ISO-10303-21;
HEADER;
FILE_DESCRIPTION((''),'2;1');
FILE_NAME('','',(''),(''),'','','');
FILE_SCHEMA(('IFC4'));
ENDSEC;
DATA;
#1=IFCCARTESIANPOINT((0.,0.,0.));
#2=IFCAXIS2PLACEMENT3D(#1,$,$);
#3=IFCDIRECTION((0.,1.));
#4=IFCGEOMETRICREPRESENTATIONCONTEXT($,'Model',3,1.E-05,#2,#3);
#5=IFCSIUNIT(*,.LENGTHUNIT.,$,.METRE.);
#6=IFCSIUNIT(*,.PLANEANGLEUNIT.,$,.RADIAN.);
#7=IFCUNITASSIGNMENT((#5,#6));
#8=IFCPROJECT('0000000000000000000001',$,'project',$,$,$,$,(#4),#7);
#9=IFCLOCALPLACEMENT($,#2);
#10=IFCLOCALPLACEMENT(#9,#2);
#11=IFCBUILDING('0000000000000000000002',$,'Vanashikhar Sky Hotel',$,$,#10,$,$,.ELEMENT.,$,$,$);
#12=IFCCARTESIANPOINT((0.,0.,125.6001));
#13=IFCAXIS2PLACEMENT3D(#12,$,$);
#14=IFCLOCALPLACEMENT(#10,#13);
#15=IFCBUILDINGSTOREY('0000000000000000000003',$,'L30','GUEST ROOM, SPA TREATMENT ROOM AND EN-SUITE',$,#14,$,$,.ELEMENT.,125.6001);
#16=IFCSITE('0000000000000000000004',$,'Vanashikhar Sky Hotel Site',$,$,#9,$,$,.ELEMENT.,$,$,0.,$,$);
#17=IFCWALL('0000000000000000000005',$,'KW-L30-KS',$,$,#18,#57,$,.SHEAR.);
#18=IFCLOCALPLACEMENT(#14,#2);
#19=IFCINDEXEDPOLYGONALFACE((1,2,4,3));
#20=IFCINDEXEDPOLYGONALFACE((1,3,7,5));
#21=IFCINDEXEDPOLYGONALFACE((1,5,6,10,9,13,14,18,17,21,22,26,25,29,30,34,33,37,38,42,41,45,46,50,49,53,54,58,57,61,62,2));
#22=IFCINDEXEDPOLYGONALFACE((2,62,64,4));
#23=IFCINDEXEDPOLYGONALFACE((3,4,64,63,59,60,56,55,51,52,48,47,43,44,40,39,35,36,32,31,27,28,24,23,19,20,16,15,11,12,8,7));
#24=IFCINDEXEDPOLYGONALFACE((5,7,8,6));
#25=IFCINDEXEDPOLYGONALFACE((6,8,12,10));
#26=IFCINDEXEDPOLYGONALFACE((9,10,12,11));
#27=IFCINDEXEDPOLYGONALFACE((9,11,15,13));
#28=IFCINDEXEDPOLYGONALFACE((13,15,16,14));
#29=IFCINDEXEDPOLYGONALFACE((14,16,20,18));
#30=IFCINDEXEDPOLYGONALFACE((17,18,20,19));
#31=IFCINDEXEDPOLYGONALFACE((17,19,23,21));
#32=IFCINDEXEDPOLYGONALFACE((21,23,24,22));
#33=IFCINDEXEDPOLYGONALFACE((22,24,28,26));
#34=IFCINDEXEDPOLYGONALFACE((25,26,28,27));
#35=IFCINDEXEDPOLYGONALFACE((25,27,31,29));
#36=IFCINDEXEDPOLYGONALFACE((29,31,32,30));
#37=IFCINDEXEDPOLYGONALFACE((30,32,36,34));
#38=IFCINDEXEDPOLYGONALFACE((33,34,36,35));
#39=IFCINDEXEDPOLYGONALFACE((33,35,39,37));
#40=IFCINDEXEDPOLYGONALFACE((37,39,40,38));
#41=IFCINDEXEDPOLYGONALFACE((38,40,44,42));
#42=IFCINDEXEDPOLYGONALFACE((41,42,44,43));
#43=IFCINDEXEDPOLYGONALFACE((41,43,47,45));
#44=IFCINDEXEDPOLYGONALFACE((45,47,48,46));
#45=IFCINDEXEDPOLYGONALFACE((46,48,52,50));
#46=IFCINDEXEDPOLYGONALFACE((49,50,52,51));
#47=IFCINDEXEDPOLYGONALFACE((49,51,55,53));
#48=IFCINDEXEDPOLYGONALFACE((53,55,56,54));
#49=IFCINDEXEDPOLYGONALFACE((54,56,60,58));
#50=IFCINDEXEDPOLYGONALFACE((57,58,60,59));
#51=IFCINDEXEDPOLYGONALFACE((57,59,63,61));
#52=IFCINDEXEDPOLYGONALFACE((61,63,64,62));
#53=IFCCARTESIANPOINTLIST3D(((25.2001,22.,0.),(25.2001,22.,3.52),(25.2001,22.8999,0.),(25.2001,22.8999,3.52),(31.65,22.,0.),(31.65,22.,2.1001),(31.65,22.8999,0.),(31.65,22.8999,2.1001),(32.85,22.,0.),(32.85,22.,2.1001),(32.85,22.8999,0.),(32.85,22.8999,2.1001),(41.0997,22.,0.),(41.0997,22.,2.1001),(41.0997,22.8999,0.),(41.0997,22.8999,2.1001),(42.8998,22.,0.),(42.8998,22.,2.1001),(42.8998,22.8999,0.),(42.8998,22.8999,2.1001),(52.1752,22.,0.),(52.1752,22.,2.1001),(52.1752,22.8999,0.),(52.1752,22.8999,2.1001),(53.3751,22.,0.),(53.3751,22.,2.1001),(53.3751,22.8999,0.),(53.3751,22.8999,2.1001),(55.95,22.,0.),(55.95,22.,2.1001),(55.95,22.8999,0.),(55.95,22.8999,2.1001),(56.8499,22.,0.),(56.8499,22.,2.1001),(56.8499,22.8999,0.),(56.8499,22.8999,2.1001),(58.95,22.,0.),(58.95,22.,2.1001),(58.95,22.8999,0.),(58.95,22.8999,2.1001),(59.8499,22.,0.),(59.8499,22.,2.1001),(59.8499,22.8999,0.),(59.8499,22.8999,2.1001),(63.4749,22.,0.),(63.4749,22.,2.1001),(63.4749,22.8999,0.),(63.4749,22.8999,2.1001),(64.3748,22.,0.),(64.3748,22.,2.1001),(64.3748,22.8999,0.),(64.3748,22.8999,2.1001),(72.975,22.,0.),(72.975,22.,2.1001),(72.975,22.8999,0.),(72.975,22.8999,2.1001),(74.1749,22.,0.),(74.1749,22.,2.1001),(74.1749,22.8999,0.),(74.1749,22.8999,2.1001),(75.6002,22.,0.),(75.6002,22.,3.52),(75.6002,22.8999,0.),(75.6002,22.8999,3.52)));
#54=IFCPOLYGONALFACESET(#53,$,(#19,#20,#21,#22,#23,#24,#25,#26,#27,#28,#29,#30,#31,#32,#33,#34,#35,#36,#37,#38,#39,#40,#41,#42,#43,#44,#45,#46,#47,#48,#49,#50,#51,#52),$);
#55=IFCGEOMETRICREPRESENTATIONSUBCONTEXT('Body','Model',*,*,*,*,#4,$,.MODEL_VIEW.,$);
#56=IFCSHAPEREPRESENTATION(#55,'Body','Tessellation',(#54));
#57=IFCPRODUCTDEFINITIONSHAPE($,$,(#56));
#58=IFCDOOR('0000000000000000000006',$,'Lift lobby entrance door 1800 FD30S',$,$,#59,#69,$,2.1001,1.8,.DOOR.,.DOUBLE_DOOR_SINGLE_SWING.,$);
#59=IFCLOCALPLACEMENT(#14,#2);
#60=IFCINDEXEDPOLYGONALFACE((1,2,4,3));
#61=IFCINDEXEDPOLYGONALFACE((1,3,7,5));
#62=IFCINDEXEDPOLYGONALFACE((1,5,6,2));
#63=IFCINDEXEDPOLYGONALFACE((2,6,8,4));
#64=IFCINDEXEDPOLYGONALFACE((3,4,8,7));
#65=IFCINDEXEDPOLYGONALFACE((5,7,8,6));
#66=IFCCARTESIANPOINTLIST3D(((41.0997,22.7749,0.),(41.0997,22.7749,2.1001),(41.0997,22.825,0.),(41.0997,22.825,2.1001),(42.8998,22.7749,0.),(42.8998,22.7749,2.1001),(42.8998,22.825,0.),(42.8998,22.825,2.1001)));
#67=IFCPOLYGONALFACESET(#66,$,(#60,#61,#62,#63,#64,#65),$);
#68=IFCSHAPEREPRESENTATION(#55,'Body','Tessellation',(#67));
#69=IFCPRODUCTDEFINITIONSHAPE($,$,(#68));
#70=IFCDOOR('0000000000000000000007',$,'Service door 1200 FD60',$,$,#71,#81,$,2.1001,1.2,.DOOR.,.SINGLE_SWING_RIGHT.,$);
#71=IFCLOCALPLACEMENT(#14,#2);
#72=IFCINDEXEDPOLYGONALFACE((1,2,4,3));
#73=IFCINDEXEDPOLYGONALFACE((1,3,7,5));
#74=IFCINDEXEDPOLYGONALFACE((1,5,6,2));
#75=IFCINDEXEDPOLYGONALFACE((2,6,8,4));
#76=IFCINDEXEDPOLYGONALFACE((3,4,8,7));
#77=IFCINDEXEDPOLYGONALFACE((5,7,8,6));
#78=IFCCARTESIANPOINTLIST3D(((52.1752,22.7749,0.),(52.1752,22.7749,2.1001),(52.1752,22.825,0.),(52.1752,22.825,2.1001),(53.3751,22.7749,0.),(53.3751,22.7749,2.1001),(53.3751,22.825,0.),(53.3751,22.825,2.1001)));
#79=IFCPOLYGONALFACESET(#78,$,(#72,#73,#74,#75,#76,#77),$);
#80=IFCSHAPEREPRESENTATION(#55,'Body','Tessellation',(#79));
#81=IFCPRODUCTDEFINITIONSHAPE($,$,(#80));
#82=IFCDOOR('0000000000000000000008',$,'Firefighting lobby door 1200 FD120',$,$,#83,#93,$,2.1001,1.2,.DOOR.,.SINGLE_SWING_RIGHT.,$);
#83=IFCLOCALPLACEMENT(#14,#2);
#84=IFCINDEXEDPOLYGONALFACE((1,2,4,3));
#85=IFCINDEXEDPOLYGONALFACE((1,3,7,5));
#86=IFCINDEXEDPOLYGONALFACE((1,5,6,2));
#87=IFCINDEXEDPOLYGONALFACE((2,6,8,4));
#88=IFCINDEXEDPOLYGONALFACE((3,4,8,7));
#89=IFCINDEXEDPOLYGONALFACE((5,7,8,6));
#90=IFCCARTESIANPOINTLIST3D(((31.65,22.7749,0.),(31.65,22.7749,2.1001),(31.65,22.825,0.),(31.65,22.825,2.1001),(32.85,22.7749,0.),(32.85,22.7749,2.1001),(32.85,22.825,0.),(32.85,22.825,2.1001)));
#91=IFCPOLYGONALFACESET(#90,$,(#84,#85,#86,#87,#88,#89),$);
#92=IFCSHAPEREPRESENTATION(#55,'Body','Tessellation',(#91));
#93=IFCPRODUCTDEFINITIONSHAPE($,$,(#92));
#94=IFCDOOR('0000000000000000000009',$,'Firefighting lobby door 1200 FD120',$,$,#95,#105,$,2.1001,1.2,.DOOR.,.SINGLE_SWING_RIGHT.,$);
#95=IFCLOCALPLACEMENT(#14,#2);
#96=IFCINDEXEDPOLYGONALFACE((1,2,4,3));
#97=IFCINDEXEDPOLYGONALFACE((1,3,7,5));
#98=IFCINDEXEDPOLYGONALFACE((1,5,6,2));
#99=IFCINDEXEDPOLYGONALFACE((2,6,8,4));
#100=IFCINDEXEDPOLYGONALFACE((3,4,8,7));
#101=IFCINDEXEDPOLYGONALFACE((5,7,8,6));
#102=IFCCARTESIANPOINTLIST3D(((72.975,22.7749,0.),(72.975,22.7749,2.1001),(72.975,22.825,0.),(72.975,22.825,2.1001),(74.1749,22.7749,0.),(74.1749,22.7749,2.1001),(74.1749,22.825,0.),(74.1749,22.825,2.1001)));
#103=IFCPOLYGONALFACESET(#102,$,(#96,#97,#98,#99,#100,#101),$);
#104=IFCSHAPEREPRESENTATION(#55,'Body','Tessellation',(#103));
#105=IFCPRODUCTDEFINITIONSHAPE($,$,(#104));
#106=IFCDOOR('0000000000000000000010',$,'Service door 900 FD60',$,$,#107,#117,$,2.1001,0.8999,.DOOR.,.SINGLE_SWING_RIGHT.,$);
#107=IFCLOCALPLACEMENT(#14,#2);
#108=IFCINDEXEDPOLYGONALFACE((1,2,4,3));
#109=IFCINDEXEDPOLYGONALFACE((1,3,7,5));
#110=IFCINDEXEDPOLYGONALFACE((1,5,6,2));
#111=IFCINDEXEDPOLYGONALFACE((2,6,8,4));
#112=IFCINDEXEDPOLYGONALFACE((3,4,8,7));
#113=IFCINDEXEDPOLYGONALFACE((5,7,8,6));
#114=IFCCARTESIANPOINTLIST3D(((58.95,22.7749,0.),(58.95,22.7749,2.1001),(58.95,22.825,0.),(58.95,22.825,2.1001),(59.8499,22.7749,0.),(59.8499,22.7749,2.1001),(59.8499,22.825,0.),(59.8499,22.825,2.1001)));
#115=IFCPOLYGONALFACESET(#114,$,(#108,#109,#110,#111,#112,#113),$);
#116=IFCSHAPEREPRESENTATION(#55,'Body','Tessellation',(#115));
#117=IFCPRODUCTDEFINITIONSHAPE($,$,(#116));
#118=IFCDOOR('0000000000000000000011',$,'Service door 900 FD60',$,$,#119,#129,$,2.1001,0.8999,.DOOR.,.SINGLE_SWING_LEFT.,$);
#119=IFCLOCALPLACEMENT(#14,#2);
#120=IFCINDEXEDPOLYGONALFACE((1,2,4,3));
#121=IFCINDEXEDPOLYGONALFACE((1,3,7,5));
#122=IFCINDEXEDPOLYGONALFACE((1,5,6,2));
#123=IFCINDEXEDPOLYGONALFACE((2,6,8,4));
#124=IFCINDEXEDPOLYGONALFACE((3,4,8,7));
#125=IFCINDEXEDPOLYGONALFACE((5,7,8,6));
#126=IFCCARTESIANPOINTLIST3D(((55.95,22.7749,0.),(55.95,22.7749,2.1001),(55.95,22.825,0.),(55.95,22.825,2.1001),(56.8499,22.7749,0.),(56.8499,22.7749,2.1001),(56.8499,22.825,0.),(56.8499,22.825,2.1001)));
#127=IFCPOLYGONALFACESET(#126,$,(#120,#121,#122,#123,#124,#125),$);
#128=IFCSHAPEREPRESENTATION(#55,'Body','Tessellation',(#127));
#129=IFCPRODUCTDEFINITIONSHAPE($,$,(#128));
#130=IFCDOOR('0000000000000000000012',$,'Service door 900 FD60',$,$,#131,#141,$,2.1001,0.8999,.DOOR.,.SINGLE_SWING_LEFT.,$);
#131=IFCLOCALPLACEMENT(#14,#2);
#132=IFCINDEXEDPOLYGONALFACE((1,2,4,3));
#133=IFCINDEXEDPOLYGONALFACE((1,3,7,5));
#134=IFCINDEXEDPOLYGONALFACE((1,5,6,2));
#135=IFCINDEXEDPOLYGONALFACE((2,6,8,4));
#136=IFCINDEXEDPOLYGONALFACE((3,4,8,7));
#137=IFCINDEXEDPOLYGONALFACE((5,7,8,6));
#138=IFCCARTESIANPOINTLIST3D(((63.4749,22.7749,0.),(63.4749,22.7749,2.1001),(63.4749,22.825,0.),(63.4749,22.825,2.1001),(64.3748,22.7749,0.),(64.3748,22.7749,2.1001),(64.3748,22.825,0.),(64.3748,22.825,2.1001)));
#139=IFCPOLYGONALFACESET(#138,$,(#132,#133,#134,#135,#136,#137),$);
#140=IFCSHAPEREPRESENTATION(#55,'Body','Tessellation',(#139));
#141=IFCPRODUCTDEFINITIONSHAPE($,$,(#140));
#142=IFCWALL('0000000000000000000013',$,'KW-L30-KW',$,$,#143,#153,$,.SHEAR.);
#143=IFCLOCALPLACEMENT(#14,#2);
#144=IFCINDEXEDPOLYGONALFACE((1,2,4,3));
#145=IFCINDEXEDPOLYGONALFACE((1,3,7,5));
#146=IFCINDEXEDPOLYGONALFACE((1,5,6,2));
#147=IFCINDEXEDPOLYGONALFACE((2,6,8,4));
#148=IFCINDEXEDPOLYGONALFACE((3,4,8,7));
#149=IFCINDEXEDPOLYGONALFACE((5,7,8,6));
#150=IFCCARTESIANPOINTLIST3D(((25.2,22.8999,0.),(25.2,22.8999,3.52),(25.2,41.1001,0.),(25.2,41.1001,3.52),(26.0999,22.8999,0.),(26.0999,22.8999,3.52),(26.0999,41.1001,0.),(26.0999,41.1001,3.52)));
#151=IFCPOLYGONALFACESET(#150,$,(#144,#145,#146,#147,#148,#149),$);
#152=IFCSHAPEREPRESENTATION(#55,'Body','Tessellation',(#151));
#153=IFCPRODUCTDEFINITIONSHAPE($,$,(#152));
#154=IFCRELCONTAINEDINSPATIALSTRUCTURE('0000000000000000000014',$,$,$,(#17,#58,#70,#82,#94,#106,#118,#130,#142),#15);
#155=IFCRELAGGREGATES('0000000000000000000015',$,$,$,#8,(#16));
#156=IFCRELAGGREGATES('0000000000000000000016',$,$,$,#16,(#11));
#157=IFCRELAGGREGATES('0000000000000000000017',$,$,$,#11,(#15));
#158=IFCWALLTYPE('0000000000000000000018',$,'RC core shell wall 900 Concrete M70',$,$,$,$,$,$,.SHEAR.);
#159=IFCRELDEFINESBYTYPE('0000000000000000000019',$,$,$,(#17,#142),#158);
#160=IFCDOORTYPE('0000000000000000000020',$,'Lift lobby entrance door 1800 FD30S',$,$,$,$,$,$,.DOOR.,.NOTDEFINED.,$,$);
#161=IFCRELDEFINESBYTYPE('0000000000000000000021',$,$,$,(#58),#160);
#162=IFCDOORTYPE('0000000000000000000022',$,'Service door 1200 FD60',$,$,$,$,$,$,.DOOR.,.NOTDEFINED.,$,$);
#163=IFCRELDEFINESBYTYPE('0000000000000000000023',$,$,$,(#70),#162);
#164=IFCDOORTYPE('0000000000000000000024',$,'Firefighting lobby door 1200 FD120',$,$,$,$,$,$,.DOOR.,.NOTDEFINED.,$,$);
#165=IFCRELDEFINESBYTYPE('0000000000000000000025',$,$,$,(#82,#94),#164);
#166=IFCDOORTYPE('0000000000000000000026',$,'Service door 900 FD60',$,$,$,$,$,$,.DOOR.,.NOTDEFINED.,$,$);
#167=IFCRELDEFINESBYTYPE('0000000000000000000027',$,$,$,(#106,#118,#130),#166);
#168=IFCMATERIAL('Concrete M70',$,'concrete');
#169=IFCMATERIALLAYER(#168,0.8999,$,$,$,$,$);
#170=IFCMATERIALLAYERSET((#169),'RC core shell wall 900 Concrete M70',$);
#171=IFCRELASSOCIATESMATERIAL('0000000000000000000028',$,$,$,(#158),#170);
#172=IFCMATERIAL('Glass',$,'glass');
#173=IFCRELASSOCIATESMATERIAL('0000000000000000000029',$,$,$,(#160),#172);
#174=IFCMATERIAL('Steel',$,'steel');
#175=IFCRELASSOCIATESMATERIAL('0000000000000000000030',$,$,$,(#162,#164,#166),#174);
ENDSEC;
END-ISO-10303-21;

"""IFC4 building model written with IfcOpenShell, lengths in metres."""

from ifc_helpers import new_model, si_unit, direction, frame, frame_2d, origin, place, context, subcontext, project, spatial, rectangle, extrude, source, transform, mapped, material, layer, layer_set, type_object, element, fill, save


model = new_model("IFC4")

# Units and contexts
model_context = context("Model", 3, precision=1e-05, world=origin(), true_north=direction((0.0, 1.0)))
body_context = subcontext(model_context, "Body", "Model", "MODEL_VIEW")
ifc_project = project(units=[si_unit("LENGTHUNIT", "METRE"), si_unit("PLANEANGLEUNIT", "RADIAN")], contexts=[model_context])

# Site, building, storey
site_placement = place(None, origin())
site = spatial("IfcSite", under=ifc_project, at=site_placement, Name="Vanashikhar Sky Hotel Site", CompositionType="ELEMENT", RefElevation=0.0)
building_placement = place(site_placement, origin())
building = spatial("IfcBuilding", under=site, at=building_placement, Name="Vanashikhar Sky Hotel", CompositionType="ELEMENT")
storey_placement = place(building_placement, frame((0.0, 0.0, 125.6001)))
storey = spatial("IfcBuildingStorey", under=building, at=storey_placement, Name="L30", Description="GUEST ROOM, SPA TREATMENT ROOM AND EN-SUITE", CompositionType="ELEMENT", Elevation=125.6001)

# Wall, openings, doors
ifc_material_1 = material(Name="Concrete M70", Category="concrete")
ifc_layer_1 = layer(ifc_material_1, 0.8999)
ifc_layer_set_1 = layer_set([ifc_layer_1], Name="RC core shell wall 900 Concrete M70")
wall_type_1 = type_object("IfcWallType", Name="RC core shell wall 900 Concrete M70", PredefinedType="SHEAR", material=ifc_layer_set_1)
shared_shape_1 = source(origin(), body_context, "Body", "SweptSolid", [
    extrude(rectangle(XDim=50.4001, YDim=0.8999, at=frame_2d((25.2002, 0.0))), origin(), (0.0, 0.0, 1.0), 3.52),
])
wall_1_placement = place(storey_placement, frame((25.2, 22.45, 0.0), z_axis=(0.0, 0.0, 1.0), x_axis=(1.0, 0.0, 0.0)))
wall_1 = element("IfcWall", 1, at=wall_1_placement, inside=storey, type_object=wall_type_1, Name="KW-L30-KS", PredefinedType="SHEAR", context=body_context, shape_type="MappedRepresentation", body=[
    mapped(shared_shape_1, transform((0.0, 0.0, 0.0), scale=1.0)),
])
shared_shape_2 = source(origin(), body_context, "Body", "SweptSolid", [
    extrude(rectangle(XDim=1.8, YDim=2.1001, at=frame_2d((0.8999, 1.05))), frame((0.0, 0.46, 0.0), z_axis=(0.0, -1.0, 0.0), x_axis=(1.0, 0.0, 0.0)), (0.0, 0.0, 1.0), 0.9199),
])
opening_1_placement = place(wall_1_placement, frame((15.8999, 0.0, 0.0)))
opening_1 = element("IfcOpeningElement", 2, at=opening_1_placement, cuts=wall_1, PredefinedType="OPENING", context=body_context, shape_type="MappedRepresentation", body=[
    mapped(shared_shape_2, transform((0.0, 0.0, 0.0), scale=1.0)),
])
shared_shape_3 = source(origin(), body_context, "Body", "SweptSolid", [
    extrude(rectangle(XDim=1.2, YDim=2.1001, at=frame_2d((0.6001, 1.05))), frame((0.0, 0.46, 0.0), z_axis=(0.0, -1.0, 0.0), x_axis=(1.0, 0.0, 0.0)), (0.0, 0.0, 1.0), 0.9199),
])
opening_2_placement = place(wall_1_placement, frame((26.9751, 0.0, 0.0)))
opening_2 = element("IfcOpeningElement", 3, at=opening_2_placement, cuts=wall_1, PredefinedType="OPENING", context=body_context, shape_type="MappedRepresentation", body=[
    mapped(shared_shape_3, transform((0.0, 0.0, 0.0), scale=1.0)),
])
shared_shape_4 = source(origin(), body_context, "Body", "SweptSolid", [
    extrude(rectangle(XDim=0.8999, YDim=2.1001, at=frame_2d((0.45, 1.05))), frame((0.0, 0.46, 0.0), z_axis=(0.0, -1.0, 0.0), x_axis=(1.0, 0.0, 0.0)), (0.0, 0.0, 1.0), 0.9199),
])
opening_3_placement = place(wall_1_placement, frame((33.75, 0.0, 0.0)))
opening_3 = element("IfcOpeningElement", 4, at=opening_3_placement, cuts=wall_1, PredefinedType="OPENING", context=body_context, shape_type="MappedRepresentation", body=[
    mapped(shared_shape_4, transform((0.0, 0.0, 0.0), scale=1.0)),
])
opening_4_placement = place(wall_1_placement, frame((30.75, 0.0, 0.0)))
opening_4 = element("IfcOpeningElement", 5, at=opening_4_placement, cuts=wall_1, PredefinedType="OPENING", context=body_context, shape_type="MappedRepresentation", body=[
    mapped(shared_shape_4, transform((0.0, 0.0, 0.0), scale=1.0)),
])
opening_5_placement = place(wall_1_placement, frame((38.2749, 0.0, 0.0)))
opening_5 = element("IfcOpeningElement", 6, at=opening_5_placement, cuts=wall_1, PredefinedType="OPENING", context=body_context, shape_type="MappedRepresentation", body=[
    mapped(shared_shape_4, transform((0.0, 0.0, 0.0), scale=1.0)),
])
opening_6_placement = place(wall_1_placement, frame((6.45, 0.0, 0.0)))
opening_6 = element("IfcOpeningElement", 7, at=opening_6_placement, cuts=wall_1, PredefinedType="OPENING", context=body_context, shape_type="MappedRepresentation", body=[
    mapped(shared_shape_3, transform((0.0, 0.0, 0.0), scale=1.0)),
])
opening_7_placement = place(wall_1_placement, frame((47.7749, 0.0, 0.0)))
opening_7 = element("IfcOpeningElement", 8, at=opening_7_placement, cuts=wall_1, PredefinedType="OPENING", context=body_context, shape_type="MappedRepresentation", body=[
    mapped(shared_shape_3, transform((0.0, 0.0, 0.0), scale=1.0)),
])
ifc_material_2 = material(Name="Glass", Category="glass")
door_type_1 = type_object("IfcDoorType", Name="Lift lobby entrance door 1800 FD30S", OperationType="NOTDEFINED", PredefinedType="DOOR", material=ifc_material_2)
shared_shape_5 = source(origin(), body_context, "Body", "SweptSolid", [
    extrude(rectangle(XDim=1.8, YDim=2.1001, at=frame_2d((0.8999, 1.05))), frame((0.0, 0.375, 0.0), z_axis=(0.0, -1.0, 0.0), x_axis=(1.0, 0.0, 0.0)), (0.0, 0.0, 1.0), 0.05),
])
door_1_placement = place(opening_1_placement, origin())
door_1 = element("IfcDoor", 9, at=door_1_placement, inside=storey, type_object=door_type_1, Name="Lift lobby entrance door 1800 FD30S", OperationType="DOUBLE_DOOR_SINGLE_SWING", OverallHeight=2.1001, OverallWidth=1.8, PredefinedType="DOOR", context=body_context, shape_type="MappedRepresentation", body=[
    mapped(shared_shape_5, transform((0.0, 0.0, 0.0), scale=1.0)),
])
fill(opening_1, door_1)
ifc_material_3 = material(Name="Steel", Category="steel")
door_type_2 = type_object("IfcDoorType", Name="Service door 1200 FD60", OperationType="NOTDEFINED", PredefinedType="DOOR", material=ifc_material_3)
shared_shape_6 = source(origin(), body_context, "Body", "SweptSolid", [
    extrude(rectangle(XDim=1.2, YDim=2.1001, at=frame_2d((0.6001, 1.05))), frame((0.0, 0.375, 0.0), z_axis=(0.0, -1.0, 0.0), x_axis=(1.0, 0.0, 0.0)), (0.0, 0.0, 1.0), 0.05),
])
door_2_placement = place(opening_2_placement, origin())
door_2 = element("IfcDoor", 10, at=door_2_placement, inside=storey, type_object=door_type_2, Name="Service door 1200 FD60", OperationType="SINGLE_SWING_RIGHT", OverallHeight=2.1001, OverallWidth=1.2, PredefinedType="DOOR", context=body_context, shape_type="MappedRepresentation", body=[
    mapped(shared_shape_6, transform((0.0, 0.0, 0.0), scale=1.0)),
])
fill(opening_2, door_2)
door_type_3 = type_object("IfcDoorType", Name="Firefighting lobby door 1200 FD120", OperationType="NOTDEFINED", PredefinedType="DOOR", material=ifc_material_3)
door_3_placement = place(opening_6_placement, origin())
door_3 = element("IfcDoor", 11, at=door_3_placement, inside=storey, type_object=door_type_3, Name="Firefighting lobby door 1200 FD120", OperationType="SINGLE_SWING_RIGHT", OverallHeight=2.1001, OverallWidth=1.2, PredefinedType="DOOR", context=body_context, shape_type="MappedRepresentation", body=[
    mapped(shared_shape_6, transform((0.0, 0.0, 0.0), scale=1.0)),
])
fill(opening_6, door_3)
door_4_placement = place(opening_7_placement, origin())
door_4 = element("IfcDoor", 12, at=door_4_placement, inside=storey, type_object=door_type_3, Name="Firefighting lobby door 1200 FD120", OperationType="SINGLE_SWING_RIGHT", OverallHeight=2.1001, OverallWidth=1.2, PredefinedType="DOOR", context=body_context, shape_type="MappedRepresentation", body=[
    mapped(shared_shape_6, transform((0.0, 0.0, 0.0), scale=1.0)),
])
fill(opening_7, door_4)
door_type_4 = type_object("IfcDoorType", Name="Service door 900 FD60", OperationType="NOTDEFINED", PredefinedType="DOOR", material=ifc_material_3)
shared_shape_7 = source(origin(), body_context, "Body", "SweptSolid", [
    extrude(rectangle(XDim=0.8999, YDim=2.1001, at=frame_2d((0.45, 1.05))), frame((0.0, 0.375, 0.0), z_axis=(0.0, -1.0, 0.0), x_axis=(1.0, 0.0, 0.0)), (0.0, 0.0, 1.0), 0.05),
])
door_5_placement = place(opening_3_placement, origin())
door_5 = element("IfcDoor", 13, at=door_5_placement, inside=storey, type_object=door_type_4, Name="Service door 900 FD60", OperationType="SINGLE_SWING_RIGHT", OverallHeight=2.1001, OverallWidth=0.8999, PredefinedType="DOOR", context=body_context, shape_type="MappedRepresentation", body=[
    mapped(shared_shape_7, transform((0.0, 0.0, 0.0), scale=1.0)),
])
fill(opening_3, door_5)
door_6_placement = place(opening_4_placement, origin())
door_6 = element("IfcDoor", 14, at=door_6_placement, inside=storey, type_object=door_type_4, Name="Service door 900 FD60", OperationType="SINGLE_SWING_LEFT", OverallHeight=2.1001, OverallWidth=0.8999, PredefinedType="DOOR", context=body_context, shape_type="MappedRepresentation", body=[
    mapped(shared_shape_7, transform((0.0, 0.0, 0.0), scale=1.0)),
])
fill(opening_4, door_6)
door_7_placement = place(opening_5_placement, origin())
door_7 = element("IfcDoor", 15, at=door_7_placement, inside=storey, type_object=door_type_4, Name="Service door 900 FD60", OperationType="SINGLE_SWING_LEFT", OverallHeight=2.1001, OverallWidth=0.8999, PredefinedType="DOOR", context=body_context, shape_type="MappedRepresentation", body=[
    mapped(shared_shape_7, transform((0.0, 0.0, 0.0), scale=1.0)),
])
fill(opening_5, door_7)

# Wall
shared_shape_8 = source(origin(), body_context, "Body", "SweptSolid", [
    extrude(rectangle(XDim=18.2002, YDim=0.8999, at=frame_2d((9.1001, 0.0))), origin(), (0.0, 0.0, 1.0), 3.52),
])
wall_2_placement = place(storey_placement, frame((25.6499, 22.8999, 0.0), z_axis=(0.0, 0.0, 1.0), x_axis=(0.0, 1.0, 0.0)))
element("IfcWall", 16, at=wall_2_placement, inside=storey, type_object=wall_type_1, Name="KW-L30-KW", PredefinedType="SHEAR", context=body_context, shape_type="MappedRepresentation", body=[
    mapped(shared_shape_8, transform((0.0, 0.0, 0.0), scale=1.0)),
])

save(model, "model.ifc")
